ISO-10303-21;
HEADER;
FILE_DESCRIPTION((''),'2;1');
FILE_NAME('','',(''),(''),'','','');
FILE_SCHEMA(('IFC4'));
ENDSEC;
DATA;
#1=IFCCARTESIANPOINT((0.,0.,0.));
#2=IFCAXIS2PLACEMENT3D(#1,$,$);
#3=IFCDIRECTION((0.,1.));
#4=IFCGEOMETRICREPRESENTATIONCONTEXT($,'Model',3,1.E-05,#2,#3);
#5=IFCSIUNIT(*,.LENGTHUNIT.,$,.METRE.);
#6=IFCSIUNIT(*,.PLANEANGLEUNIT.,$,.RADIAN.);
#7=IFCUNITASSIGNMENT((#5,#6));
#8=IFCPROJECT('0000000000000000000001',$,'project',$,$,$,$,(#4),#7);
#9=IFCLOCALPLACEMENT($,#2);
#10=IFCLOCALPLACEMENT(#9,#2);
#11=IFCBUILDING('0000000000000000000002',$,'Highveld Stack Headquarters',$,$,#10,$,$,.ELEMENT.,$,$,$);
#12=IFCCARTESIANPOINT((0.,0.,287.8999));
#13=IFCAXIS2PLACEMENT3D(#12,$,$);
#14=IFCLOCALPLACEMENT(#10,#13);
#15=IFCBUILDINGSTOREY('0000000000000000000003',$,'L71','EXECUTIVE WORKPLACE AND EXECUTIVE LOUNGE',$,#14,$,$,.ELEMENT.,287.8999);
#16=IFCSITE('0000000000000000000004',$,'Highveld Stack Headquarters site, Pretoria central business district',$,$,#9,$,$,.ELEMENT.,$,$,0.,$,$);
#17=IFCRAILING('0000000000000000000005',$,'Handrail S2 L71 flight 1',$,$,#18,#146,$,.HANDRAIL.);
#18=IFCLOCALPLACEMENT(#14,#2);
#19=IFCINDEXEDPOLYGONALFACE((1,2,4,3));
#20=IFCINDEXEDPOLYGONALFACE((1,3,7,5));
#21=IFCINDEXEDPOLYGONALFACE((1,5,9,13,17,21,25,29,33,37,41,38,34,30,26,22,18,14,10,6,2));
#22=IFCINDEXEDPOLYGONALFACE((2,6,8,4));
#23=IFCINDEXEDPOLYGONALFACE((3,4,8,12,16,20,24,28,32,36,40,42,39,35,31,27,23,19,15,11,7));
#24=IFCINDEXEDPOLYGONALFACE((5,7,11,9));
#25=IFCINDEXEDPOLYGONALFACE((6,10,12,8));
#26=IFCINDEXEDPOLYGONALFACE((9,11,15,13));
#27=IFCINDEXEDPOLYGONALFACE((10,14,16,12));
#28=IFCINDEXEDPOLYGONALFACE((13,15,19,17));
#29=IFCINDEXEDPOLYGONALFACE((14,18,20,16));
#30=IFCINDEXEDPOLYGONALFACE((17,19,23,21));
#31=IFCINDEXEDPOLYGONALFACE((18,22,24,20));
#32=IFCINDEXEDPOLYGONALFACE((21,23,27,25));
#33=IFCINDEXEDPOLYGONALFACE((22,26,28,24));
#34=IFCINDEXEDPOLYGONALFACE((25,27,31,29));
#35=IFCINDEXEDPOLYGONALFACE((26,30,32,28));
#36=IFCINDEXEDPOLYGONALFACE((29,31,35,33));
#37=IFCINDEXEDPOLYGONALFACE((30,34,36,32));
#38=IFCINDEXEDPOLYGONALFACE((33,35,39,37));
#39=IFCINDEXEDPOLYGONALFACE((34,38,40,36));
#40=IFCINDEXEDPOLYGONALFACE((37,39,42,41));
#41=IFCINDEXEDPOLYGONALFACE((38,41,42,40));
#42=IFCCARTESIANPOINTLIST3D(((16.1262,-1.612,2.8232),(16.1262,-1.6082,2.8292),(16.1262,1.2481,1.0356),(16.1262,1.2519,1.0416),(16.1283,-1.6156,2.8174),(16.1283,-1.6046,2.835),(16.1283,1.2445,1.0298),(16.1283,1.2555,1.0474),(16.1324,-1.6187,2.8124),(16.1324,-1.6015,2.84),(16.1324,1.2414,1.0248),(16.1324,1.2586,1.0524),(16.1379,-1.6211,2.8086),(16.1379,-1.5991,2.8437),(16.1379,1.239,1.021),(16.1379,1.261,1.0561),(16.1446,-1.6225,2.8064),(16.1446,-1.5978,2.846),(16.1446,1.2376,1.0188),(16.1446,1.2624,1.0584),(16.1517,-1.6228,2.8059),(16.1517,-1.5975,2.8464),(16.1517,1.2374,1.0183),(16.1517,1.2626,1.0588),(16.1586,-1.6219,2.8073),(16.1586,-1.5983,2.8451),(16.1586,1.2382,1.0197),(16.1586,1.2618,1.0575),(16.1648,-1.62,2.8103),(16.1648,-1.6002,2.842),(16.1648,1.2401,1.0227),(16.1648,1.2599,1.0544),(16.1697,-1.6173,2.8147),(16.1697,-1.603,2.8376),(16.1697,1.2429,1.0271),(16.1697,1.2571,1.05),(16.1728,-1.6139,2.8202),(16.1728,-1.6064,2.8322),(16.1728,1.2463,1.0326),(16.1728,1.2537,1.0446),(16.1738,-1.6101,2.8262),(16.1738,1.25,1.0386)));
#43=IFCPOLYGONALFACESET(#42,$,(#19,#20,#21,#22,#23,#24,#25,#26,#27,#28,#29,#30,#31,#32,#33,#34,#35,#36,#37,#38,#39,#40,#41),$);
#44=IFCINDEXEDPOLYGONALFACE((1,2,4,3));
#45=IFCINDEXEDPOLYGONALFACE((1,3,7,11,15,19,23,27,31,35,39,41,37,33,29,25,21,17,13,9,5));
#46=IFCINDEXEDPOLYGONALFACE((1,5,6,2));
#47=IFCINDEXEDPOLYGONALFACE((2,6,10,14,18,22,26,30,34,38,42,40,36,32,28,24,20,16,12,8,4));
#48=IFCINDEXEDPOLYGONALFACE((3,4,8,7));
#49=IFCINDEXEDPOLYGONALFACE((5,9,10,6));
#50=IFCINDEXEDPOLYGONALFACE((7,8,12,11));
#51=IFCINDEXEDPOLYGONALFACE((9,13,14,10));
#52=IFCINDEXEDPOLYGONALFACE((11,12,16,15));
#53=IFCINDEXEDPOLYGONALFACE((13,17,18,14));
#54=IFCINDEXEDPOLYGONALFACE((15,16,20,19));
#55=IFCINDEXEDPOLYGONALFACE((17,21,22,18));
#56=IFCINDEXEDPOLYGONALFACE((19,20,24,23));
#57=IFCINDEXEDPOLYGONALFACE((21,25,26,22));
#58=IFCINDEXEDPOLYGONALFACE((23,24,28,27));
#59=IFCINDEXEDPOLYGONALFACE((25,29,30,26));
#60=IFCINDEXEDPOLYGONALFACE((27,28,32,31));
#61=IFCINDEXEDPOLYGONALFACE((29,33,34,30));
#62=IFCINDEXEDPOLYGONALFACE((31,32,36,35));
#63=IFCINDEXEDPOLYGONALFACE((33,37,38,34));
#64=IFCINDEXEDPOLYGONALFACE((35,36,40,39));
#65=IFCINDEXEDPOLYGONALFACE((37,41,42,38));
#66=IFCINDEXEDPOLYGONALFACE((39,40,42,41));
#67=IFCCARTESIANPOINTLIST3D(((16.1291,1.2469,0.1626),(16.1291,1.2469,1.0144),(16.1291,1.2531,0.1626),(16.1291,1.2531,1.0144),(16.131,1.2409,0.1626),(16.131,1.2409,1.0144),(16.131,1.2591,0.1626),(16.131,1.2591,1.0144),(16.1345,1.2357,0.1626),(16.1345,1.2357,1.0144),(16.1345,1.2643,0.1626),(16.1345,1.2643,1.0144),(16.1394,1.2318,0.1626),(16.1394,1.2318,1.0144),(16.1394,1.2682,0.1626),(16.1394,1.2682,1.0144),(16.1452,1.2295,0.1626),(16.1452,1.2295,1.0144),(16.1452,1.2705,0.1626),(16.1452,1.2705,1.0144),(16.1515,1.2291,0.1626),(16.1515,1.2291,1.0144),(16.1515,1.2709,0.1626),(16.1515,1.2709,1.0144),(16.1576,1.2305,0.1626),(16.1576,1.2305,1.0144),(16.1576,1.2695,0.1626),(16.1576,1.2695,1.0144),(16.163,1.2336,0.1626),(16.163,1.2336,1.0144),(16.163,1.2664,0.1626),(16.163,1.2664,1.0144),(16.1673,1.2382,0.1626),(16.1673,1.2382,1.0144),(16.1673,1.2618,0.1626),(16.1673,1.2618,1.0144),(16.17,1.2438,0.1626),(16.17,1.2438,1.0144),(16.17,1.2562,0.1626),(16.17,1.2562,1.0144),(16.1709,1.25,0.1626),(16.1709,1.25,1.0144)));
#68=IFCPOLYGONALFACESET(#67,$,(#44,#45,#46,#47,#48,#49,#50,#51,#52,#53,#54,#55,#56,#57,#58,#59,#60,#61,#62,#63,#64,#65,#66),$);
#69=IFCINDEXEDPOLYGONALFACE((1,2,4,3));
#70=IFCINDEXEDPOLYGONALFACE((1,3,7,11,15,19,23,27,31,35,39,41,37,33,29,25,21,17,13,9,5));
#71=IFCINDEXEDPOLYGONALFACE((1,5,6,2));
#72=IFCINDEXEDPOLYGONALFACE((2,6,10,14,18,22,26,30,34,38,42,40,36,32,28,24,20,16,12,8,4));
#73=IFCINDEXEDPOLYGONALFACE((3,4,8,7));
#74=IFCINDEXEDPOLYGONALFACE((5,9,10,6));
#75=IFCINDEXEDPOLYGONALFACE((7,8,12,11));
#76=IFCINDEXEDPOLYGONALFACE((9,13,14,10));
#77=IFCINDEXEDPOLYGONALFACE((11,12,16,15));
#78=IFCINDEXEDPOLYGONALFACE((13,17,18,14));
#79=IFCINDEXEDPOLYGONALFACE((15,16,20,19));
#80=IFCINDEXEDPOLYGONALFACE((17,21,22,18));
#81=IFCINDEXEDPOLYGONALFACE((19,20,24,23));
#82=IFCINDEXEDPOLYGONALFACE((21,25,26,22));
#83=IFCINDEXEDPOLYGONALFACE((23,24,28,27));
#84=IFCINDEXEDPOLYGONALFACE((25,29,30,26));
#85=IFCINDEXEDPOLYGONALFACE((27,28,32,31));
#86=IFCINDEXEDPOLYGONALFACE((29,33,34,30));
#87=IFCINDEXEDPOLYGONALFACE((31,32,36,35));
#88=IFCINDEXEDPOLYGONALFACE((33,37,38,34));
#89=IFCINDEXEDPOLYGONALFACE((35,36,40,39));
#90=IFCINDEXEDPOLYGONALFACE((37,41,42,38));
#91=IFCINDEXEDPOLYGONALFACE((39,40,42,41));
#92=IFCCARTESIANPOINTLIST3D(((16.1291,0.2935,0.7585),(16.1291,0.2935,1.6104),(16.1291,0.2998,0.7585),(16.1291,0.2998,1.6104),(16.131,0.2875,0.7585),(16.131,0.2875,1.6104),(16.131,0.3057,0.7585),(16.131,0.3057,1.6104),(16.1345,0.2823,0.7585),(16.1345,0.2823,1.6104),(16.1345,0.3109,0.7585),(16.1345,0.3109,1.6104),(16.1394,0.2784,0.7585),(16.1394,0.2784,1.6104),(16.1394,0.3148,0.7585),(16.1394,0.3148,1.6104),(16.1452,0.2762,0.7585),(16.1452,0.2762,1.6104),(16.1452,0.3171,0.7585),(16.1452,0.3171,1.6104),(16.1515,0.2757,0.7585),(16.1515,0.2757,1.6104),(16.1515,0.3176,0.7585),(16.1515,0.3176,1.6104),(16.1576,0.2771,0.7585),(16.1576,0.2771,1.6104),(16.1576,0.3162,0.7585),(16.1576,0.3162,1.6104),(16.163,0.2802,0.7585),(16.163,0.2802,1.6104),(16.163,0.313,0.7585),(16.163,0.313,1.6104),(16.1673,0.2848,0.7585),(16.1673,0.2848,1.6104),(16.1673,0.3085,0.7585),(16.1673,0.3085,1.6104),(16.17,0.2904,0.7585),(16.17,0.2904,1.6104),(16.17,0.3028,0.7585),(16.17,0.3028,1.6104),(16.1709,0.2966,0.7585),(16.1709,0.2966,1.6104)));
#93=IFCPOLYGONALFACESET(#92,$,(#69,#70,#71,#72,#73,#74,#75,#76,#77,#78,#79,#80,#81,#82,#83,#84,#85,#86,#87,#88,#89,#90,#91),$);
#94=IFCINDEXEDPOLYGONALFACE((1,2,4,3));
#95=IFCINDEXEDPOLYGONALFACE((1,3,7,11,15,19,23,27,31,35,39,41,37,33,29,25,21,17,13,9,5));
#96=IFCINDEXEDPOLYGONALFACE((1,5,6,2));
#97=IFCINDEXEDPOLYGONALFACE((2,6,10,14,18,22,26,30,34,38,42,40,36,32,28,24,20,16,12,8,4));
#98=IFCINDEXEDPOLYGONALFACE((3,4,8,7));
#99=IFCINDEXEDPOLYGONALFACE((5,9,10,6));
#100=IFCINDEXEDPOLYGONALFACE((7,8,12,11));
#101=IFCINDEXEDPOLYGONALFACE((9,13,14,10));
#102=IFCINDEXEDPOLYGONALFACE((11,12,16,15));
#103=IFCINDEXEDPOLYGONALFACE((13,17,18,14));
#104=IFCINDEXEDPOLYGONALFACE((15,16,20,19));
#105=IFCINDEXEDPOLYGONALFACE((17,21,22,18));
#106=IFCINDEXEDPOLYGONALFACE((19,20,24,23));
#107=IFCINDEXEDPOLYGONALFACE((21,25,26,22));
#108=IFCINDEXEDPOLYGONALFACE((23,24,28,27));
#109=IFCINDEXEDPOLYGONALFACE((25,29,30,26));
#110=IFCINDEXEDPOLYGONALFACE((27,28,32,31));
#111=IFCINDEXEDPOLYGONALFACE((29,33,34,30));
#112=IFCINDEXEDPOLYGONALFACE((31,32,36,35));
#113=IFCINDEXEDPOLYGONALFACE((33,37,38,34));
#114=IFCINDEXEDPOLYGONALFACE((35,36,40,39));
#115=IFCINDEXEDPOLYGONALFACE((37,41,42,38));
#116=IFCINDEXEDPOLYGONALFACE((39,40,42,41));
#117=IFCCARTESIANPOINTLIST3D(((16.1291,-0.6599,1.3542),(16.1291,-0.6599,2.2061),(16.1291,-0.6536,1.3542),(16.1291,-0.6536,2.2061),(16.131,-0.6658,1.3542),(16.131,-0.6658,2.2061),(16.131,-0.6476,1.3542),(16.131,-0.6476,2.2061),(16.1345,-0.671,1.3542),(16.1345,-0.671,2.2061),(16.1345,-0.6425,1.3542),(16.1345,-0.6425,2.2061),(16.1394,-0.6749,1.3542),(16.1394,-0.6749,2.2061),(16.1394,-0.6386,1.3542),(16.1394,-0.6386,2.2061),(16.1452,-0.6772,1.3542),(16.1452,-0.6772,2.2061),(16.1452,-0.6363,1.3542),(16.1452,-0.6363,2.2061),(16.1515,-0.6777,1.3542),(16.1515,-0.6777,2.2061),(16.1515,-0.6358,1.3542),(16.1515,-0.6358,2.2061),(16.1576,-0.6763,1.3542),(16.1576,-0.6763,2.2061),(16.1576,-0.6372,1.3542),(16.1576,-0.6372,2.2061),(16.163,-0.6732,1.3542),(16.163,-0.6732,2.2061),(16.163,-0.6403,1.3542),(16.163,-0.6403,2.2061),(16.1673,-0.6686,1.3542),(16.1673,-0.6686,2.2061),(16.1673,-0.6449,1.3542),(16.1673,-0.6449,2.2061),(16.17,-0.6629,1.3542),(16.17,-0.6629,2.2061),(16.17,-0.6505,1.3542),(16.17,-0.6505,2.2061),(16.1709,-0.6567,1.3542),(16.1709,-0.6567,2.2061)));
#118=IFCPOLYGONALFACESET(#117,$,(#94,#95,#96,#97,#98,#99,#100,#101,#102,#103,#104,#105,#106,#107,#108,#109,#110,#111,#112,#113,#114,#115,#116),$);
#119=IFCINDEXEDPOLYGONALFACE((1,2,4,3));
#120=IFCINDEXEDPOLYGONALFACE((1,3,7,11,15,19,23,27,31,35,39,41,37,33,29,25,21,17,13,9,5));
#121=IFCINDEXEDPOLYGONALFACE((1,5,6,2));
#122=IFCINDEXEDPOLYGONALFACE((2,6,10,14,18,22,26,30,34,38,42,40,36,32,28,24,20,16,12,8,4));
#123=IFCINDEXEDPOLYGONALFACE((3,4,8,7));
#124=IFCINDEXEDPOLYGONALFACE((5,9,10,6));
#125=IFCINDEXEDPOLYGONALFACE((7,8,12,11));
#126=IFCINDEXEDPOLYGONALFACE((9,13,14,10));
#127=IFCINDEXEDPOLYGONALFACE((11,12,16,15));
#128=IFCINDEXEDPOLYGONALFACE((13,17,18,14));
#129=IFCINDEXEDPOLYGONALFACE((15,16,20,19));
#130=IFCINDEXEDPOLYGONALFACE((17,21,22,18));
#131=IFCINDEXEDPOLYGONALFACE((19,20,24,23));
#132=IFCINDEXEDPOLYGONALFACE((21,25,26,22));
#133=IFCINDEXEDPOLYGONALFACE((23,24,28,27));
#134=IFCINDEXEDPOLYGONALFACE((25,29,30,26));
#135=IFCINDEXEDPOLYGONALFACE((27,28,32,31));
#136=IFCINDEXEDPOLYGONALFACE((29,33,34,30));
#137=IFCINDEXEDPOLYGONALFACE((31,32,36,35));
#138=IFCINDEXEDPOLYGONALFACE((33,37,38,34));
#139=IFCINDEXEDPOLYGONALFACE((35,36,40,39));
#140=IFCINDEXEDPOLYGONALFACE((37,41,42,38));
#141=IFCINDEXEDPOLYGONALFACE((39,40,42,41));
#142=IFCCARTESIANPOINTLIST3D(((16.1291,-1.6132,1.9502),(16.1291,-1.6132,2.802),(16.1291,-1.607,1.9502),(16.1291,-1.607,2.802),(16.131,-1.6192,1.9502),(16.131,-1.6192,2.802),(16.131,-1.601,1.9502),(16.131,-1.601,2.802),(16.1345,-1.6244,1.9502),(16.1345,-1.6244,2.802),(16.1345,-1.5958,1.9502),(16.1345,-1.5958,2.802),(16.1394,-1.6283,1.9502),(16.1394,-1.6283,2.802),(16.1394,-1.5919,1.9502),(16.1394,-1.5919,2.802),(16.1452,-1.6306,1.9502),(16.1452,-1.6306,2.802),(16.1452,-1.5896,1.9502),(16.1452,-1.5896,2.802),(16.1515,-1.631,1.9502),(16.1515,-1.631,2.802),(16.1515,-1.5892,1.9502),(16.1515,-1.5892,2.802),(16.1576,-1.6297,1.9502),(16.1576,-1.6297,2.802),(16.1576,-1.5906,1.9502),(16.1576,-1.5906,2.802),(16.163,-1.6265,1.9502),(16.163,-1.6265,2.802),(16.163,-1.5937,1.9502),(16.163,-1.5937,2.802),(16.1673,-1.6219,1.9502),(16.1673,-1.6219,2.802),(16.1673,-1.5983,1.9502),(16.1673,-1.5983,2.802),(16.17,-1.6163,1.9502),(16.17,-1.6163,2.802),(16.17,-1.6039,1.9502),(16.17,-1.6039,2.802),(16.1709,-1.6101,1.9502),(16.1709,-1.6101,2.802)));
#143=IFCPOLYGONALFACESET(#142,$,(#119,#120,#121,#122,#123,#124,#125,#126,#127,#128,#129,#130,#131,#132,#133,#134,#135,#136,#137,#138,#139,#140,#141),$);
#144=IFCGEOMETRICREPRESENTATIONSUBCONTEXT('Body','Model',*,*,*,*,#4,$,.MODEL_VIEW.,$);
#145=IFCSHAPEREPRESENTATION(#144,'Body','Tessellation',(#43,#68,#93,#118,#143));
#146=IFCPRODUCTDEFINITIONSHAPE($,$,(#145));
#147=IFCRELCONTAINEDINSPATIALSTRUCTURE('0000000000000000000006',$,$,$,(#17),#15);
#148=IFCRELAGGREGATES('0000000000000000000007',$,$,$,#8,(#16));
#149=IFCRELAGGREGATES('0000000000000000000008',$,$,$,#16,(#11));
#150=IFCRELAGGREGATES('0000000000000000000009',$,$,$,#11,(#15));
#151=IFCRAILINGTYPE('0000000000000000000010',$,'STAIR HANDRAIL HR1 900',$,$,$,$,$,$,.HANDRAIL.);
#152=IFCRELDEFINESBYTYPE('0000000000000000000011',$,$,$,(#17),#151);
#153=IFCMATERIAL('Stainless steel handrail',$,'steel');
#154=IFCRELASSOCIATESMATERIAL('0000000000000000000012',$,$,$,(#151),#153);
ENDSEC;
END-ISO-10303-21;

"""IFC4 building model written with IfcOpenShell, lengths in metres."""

from ifc_helpers import new_model, si_unit, direction, frame, origin, origin_2d, place, context, subcontext, project, spatial, circle, extrude, material, type_object, element, save


model = new_model("IFC4")

# Units and contexts
model_context = context("Model", 3, precision=1e-05, world=origin(), true_north=direction((0.0, 1.0)))
body_context = subcontext(model_context, "Body", "Model", "MODEL_VIEW")
ifc_project = project(units=[si_unit("LENGTHUNIT", "METRE"), si_unit("PLANEANGLEUNIT", "RADIAN")], contexts=[model_context])

# Site, building, storey
site_placement = place(None, origin())
site = spatial("IfcSite", under=ifc_project, at=site_placement, Name="Highveld Stack Headquarters site, Pretoria central business district", CompositionType="ELEMENT", RefElevation=0.0)
building_placement = place(site_placement, origin())
building = spatial("IfcBuilding", under=site, at=building_placement, Name="Highveld Stack Headquarters", CompositionType="ELEMENT")
storey_placement = place(building_placement, frame((0.0, 0.0, 287.8999)))
storey = spatial("IfcBuildingStorey", under=building, at=storey_placement, Name="L71", Description="EXECUTIVE WORKPLACE AND EXECUTIVE LOUNGE", CompositionType="ELEMENT", Elevation=287.8999)

# Railing
ifc_material_1 = material(Name="Stainless steel handrail", Category="steel")
railing_type = type_object("IfcRailingType", Name="STAIR HANDRAIL HR1 900", PredefinedType="HANDRAIL", material=ifc_material_1)
for number, where, name in (
    (1, (16.1499, 1.25, 0.1626), "Handrail S2 L71 flight 1"),
):
    element("IfcRailing", number, at=place(storey_placement, frame(where)), inside=storey, type_object=railing_type, Name=name, PredefinedType="HANDRAIL", context=body_context, shape_type="SweptSolid", body=[
        extrude(circle(Radius=0.0239, at=origin_2d()), frame((0.0, 0.0, 0.876), z_axis=(0.0, -0.847994, 0.530005), x_axis=(1.0, 0.0, 0.0)), (0.0, 0.0, 1.0), 3.3728),
        extrude(circle(Radius=0.021, at=origin_2d()), origin(), (0.0, 0.0, 1.0), 0.8518),
        extrude(circle(Radius=0.021, at=origin_2d()), frame((0.0, -0.9534, 0.5959)), (0.0, 0.0, 1.0), 0.8518),
        extrude(circle(Radius=0.021, at=origin_2d()), frame((0.0, -1.9067, 1.1917)), (0.0, 0.0, 1.0), 0.8518),
        extrude(circle(Radius=0.021, at=origin_2d()), frame((0.0, -2.8601, 1.7876)), (0.0, 0.0, 1.0), 0.8518),
    ])

save(model, "model.ifc")
